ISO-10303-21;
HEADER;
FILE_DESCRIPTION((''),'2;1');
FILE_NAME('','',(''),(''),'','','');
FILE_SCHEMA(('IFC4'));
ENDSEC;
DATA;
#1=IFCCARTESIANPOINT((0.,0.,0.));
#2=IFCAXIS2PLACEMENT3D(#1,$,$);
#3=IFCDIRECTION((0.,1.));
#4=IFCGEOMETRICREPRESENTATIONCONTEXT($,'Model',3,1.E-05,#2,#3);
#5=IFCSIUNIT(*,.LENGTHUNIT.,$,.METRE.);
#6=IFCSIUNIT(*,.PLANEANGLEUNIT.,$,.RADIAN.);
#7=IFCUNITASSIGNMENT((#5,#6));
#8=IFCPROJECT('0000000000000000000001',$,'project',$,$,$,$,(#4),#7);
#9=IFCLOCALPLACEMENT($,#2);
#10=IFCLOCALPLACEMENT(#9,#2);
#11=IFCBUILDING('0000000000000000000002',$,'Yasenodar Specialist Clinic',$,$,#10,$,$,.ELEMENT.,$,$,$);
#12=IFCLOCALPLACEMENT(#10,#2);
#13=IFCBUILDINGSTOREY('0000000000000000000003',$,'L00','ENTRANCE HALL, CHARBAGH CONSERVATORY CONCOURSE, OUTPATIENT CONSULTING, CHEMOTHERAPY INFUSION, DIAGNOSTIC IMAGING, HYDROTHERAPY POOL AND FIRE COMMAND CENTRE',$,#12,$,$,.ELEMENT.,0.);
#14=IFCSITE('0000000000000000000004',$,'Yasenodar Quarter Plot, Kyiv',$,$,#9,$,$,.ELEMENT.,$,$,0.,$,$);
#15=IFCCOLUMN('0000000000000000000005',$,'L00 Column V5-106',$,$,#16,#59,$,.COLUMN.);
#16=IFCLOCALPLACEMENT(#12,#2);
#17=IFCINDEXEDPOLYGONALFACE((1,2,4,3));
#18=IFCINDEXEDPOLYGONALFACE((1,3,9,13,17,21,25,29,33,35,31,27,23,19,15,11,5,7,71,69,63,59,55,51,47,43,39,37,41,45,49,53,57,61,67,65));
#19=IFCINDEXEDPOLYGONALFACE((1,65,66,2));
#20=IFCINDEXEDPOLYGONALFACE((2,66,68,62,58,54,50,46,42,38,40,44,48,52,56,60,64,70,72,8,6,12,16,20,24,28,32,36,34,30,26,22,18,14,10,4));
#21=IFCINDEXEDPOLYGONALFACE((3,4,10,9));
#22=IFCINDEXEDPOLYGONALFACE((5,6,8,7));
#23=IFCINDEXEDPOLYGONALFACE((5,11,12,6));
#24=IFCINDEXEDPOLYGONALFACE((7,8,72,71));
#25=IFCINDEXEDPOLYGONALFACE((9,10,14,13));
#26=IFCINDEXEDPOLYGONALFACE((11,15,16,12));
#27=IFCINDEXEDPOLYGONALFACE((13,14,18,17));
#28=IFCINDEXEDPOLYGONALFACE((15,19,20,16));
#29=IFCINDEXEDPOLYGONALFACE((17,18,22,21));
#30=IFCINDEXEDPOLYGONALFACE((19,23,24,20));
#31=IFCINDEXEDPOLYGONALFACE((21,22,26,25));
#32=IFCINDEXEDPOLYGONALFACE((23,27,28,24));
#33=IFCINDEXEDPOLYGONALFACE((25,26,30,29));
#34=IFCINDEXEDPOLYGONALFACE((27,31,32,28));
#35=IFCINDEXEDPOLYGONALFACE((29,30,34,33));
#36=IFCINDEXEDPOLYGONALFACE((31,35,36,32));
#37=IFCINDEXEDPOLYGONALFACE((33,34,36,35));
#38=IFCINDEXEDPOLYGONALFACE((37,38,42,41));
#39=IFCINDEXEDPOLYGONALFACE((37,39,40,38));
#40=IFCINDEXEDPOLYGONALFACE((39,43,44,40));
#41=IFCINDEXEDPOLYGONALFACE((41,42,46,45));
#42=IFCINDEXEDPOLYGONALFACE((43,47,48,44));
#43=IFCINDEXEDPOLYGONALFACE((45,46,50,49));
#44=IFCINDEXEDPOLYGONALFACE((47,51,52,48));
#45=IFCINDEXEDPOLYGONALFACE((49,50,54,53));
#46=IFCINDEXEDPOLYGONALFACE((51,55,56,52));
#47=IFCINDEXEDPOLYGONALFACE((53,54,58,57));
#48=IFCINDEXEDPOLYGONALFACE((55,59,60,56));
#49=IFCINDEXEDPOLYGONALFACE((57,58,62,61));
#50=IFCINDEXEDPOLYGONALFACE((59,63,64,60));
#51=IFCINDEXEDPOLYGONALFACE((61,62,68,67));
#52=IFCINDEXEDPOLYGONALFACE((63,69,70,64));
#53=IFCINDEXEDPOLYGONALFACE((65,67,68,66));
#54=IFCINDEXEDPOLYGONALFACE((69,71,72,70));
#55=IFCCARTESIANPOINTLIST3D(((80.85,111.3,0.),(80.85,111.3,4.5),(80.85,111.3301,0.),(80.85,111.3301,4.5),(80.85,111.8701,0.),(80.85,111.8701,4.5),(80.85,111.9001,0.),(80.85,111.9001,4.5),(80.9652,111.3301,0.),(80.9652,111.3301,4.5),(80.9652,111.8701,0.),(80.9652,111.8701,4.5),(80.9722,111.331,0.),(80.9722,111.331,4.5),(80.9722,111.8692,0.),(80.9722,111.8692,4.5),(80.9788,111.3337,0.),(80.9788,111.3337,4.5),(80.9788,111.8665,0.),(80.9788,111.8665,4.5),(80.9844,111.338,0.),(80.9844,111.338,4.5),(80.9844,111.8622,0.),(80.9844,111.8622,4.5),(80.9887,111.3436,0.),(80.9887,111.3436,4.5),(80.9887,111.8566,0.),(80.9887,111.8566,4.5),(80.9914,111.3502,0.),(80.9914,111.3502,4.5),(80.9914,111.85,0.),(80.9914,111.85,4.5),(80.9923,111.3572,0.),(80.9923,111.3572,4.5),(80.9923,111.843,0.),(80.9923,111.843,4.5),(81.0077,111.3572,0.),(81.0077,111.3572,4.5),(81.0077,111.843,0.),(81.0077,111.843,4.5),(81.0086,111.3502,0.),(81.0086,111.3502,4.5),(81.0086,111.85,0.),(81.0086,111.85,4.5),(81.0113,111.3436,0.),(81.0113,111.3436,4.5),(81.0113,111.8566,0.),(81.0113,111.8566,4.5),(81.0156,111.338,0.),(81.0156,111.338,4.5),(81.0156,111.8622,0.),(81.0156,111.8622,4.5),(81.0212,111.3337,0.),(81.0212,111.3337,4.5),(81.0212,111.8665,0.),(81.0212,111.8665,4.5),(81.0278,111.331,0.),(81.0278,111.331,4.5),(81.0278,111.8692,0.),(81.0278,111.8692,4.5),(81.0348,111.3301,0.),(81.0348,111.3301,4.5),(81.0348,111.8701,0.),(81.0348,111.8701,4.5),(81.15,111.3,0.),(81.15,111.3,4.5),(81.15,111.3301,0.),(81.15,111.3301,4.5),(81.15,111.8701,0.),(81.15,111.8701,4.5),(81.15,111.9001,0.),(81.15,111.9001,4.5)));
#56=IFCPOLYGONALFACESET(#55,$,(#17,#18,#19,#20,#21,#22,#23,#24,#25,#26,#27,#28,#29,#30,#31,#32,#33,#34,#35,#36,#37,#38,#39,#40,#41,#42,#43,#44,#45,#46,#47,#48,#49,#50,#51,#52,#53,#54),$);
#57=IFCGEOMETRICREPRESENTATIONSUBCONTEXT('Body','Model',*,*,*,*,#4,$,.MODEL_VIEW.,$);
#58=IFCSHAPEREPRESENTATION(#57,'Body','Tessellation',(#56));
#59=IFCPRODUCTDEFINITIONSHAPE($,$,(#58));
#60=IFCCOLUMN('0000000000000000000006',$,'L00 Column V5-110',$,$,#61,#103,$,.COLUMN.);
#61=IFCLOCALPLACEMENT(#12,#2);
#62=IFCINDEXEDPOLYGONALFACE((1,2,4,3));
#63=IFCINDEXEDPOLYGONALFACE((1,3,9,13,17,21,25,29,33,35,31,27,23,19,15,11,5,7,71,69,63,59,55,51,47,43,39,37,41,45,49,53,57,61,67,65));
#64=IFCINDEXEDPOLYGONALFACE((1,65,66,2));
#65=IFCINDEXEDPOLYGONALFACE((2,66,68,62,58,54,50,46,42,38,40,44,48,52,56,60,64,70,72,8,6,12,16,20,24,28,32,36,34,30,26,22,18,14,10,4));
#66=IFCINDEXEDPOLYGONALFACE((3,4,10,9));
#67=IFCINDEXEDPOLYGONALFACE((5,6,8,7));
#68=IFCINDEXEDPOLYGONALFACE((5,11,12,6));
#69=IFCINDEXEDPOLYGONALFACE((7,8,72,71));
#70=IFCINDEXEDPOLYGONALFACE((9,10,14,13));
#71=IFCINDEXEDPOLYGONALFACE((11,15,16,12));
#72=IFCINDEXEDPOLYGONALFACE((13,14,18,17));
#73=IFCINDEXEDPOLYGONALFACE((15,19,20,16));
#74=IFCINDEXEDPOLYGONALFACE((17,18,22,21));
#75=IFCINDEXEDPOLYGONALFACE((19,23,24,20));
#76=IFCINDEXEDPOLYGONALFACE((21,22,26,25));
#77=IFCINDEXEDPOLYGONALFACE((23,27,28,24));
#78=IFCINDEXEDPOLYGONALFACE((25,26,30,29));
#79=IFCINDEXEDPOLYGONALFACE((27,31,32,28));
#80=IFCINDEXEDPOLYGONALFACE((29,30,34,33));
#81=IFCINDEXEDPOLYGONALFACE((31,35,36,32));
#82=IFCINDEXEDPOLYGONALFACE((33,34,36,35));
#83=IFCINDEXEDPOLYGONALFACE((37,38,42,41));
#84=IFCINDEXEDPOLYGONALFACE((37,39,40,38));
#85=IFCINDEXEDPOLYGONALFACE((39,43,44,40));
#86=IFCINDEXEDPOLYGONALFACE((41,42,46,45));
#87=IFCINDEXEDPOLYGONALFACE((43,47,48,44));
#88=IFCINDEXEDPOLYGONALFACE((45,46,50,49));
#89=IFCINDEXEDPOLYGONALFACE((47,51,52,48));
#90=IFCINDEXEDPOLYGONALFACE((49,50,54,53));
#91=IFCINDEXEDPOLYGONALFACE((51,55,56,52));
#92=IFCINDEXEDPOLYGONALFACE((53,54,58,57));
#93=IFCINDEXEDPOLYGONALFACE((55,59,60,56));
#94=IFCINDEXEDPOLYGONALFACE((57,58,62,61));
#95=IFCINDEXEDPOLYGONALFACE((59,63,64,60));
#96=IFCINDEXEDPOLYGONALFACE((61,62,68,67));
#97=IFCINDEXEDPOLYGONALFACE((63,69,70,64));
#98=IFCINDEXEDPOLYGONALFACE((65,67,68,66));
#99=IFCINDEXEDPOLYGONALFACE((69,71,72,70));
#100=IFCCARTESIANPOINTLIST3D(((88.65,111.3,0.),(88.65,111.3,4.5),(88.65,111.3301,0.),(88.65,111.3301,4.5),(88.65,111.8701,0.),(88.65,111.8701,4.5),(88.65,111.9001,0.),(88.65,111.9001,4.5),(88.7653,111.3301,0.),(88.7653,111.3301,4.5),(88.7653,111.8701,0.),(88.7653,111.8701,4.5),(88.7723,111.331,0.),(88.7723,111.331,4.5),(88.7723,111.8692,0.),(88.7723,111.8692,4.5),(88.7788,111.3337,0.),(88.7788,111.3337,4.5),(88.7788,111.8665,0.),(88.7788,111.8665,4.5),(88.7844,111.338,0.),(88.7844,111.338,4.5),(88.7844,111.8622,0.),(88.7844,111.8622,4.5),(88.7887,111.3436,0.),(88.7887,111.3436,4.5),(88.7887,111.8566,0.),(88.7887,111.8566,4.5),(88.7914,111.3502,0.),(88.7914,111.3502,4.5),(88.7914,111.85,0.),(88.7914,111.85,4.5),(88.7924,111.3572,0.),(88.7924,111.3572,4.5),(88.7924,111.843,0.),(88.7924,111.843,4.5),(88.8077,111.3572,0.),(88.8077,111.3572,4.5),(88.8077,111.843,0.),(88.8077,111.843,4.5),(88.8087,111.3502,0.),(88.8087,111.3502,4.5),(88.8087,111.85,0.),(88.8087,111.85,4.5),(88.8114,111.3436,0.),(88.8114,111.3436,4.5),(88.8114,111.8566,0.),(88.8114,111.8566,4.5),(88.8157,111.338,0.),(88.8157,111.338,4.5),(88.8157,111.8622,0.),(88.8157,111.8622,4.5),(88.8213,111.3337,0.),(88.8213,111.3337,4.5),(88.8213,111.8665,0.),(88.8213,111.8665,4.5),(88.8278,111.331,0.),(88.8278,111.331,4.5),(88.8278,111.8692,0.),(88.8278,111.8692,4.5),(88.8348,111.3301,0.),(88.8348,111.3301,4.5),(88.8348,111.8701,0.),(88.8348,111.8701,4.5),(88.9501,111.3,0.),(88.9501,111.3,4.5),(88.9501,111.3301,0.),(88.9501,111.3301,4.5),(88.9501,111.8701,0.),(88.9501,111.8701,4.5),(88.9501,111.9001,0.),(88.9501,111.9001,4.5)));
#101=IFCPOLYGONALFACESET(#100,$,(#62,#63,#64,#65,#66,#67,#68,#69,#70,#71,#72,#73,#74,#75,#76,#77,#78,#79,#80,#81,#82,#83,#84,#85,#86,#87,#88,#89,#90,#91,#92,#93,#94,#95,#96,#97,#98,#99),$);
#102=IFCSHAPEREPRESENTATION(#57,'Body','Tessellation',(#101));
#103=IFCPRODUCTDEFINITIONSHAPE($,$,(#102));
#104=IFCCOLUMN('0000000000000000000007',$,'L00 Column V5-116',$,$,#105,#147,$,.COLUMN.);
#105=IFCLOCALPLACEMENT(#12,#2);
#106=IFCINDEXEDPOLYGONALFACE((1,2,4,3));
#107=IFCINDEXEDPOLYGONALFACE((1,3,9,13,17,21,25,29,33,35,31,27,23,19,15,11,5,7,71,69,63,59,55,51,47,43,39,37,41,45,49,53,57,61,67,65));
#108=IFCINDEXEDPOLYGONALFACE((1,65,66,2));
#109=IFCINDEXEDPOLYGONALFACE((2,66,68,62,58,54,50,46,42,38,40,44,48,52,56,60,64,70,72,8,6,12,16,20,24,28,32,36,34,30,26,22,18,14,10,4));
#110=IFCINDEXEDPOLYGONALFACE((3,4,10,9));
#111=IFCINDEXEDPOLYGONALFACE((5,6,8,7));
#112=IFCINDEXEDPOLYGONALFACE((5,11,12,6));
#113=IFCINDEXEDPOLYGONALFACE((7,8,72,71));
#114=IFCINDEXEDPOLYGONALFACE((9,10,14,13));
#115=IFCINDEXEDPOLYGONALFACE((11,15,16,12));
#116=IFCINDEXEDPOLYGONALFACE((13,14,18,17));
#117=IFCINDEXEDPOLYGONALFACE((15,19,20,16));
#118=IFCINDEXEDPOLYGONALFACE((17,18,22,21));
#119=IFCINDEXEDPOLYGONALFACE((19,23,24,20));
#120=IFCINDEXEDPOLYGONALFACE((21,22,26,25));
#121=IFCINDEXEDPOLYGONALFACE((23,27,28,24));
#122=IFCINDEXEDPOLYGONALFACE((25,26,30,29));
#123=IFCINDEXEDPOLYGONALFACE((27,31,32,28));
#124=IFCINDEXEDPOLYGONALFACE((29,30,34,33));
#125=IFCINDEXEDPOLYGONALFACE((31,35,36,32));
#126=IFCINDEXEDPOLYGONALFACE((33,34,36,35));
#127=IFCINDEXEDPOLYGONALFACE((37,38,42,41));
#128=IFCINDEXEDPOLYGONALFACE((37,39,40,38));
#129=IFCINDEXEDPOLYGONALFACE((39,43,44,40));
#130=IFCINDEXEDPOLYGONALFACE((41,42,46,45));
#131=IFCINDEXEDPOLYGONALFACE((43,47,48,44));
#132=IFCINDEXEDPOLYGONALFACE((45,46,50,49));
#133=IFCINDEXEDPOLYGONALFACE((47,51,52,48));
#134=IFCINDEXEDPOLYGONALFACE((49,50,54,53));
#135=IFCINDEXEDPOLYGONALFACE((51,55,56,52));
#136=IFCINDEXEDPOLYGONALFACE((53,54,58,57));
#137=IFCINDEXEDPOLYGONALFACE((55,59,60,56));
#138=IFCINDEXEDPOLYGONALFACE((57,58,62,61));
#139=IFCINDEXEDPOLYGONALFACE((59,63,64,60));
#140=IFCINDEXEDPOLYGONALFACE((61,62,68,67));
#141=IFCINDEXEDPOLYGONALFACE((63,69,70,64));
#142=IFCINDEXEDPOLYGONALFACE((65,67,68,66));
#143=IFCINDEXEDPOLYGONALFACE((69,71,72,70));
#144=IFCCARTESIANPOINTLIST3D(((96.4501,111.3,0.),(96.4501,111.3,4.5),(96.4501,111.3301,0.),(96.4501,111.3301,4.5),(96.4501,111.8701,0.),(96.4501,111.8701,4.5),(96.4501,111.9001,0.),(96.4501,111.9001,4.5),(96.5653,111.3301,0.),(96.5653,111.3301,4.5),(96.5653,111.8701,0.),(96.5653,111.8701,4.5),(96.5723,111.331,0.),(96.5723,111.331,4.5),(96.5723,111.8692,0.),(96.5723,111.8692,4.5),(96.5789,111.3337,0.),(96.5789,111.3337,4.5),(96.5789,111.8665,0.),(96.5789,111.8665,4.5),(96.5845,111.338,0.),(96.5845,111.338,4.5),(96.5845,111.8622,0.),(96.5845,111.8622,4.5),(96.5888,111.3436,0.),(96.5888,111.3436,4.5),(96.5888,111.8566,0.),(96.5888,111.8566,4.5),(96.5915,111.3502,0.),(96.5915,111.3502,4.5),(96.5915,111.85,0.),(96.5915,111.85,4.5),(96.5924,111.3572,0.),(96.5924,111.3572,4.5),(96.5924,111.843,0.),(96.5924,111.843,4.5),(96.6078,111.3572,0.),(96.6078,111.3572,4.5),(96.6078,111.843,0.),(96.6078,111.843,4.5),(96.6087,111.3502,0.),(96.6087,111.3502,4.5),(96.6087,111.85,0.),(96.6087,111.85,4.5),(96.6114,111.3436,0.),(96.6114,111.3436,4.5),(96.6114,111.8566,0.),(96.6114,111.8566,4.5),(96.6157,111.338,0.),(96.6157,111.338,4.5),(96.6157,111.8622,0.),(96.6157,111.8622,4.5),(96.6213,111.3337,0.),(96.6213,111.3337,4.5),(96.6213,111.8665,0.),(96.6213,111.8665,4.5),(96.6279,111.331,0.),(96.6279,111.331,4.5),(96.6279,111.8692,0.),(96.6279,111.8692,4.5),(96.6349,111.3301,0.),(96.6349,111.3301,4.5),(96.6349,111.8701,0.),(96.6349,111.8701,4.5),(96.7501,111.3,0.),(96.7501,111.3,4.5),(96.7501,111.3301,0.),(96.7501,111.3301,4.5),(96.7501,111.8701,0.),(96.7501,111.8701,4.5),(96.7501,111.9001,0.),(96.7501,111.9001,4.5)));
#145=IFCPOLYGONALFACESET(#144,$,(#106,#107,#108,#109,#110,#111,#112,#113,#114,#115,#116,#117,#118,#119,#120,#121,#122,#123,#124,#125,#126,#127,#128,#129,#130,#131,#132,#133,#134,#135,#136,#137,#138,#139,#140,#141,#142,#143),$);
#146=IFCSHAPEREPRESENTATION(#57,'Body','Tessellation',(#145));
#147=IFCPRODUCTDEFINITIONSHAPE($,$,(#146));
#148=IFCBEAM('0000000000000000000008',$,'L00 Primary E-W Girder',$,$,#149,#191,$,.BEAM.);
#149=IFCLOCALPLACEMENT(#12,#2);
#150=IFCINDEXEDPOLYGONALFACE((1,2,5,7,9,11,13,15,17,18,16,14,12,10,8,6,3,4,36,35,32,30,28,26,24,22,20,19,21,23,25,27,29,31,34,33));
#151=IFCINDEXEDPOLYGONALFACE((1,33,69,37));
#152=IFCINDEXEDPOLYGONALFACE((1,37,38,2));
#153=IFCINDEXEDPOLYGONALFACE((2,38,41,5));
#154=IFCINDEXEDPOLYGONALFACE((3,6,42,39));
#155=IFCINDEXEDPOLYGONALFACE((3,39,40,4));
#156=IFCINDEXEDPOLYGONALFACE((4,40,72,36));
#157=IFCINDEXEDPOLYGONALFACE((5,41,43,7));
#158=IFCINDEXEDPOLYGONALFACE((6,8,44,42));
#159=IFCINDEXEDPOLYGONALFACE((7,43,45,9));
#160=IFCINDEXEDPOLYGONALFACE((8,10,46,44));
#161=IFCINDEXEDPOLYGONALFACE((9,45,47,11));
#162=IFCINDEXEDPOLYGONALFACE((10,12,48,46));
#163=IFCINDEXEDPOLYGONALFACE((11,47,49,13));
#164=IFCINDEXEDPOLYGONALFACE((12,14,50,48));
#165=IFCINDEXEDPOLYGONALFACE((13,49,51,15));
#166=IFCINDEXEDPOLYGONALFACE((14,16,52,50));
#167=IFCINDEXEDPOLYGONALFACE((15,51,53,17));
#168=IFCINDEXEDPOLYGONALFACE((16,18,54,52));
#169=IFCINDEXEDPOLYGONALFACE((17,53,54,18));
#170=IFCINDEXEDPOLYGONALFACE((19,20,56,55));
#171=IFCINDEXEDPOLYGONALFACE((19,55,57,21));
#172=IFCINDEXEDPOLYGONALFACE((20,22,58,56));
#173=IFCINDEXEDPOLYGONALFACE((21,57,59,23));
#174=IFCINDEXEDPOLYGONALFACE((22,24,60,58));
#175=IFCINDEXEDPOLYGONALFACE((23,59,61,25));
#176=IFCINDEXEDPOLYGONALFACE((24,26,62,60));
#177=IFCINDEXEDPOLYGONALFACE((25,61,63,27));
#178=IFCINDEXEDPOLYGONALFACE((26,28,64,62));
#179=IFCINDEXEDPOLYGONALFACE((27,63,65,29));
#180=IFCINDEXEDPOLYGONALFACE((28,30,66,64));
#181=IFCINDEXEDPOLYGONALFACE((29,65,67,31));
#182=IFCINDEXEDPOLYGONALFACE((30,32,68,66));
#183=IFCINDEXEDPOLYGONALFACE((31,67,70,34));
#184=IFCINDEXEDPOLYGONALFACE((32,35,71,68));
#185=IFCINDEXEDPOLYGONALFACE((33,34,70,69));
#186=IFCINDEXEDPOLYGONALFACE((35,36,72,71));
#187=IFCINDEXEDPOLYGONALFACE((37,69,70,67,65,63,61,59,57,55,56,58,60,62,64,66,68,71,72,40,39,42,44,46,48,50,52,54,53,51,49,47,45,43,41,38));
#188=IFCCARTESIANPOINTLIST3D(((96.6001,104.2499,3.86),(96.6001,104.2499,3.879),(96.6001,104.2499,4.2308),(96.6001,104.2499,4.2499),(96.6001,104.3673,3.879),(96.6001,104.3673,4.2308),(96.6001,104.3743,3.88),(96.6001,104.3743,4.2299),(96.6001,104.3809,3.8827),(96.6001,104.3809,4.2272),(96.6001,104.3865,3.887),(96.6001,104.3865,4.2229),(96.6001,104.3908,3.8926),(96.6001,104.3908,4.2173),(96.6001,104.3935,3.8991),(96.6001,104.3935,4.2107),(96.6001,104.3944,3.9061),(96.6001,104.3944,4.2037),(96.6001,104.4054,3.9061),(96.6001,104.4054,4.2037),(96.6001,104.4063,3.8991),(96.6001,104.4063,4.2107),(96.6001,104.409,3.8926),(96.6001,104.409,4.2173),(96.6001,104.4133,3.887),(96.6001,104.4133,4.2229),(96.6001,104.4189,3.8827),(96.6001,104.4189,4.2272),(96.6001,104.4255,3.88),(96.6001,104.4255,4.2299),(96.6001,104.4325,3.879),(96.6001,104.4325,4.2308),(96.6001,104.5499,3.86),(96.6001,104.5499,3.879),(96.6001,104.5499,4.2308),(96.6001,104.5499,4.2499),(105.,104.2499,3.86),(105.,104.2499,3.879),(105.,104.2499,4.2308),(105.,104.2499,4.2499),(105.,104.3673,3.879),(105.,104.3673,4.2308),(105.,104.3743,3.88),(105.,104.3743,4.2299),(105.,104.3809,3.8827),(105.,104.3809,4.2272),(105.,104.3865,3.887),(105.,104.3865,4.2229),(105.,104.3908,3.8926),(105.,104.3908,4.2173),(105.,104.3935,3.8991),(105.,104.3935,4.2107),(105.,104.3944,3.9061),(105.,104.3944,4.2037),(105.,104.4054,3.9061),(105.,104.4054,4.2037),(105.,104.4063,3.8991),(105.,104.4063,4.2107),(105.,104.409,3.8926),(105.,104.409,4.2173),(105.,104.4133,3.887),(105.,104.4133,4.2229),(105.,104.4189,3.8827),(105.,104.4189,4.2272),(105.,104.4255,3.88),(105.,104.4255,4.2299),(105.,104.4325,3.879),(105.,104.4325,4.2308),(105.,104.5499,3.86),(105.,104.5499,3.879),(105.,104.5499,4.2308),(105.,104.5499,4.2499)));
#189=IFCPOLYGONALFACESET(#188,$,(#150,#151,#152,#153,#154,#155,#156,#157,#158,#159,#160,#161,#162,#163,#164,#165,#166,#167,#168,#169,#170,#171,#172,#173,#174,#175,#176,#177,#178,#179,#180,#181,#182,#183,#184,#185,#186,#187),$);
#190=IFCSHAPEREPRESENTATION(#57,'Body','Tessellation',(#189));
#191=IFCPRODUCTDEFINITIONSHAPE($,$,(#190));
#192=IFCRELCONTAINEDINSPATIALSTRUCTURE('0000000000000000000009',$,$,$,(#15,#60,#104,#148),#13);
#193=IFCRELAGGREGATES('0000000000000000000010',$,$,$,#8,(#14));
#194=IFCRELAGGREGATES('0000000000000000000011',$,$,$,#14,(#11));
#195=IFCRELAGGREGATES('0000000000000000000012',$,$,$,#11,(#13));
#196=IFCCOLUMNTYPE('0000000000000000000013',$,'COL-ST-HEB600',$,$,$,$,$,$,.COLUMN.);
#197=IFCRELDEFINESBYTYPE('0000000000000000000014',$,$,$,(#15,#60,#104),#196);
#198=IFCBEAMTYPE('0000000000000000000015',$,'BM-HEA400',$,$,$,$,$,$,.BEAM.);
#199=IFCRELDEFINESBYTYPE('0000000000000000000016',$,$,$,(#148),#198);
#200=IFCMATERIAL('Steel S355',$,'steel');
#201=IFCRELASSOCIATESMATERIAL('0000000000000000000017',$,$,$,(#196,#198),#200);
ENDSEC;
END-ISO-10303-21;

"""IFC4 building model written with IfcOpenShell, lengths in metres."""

from ifc_helpers import new_model, si_unit, direction, frame, origin, origin_2d, place, context, subcontext, project, spatial, i_section, extrude, material, material_profile, profile_set, type_object, element, save


model = new_model("IFC4")

# Units and contexts
model_context = context("Model", 3, precision=1e-05, world=origin(), true_north=direction((0.0, 1.0)))
body_context = subcontext(model_context, "Body", "Model", "MODEL_VIEW")
ifc_project = project(units=[si_unit("LENGTHUNIT", "METRE"), si_unit("PLANEANGLEUNIT", "RADIAN")], contexts=[model_context])

# Site, building, storey
site_placement = place(None, origin())
site = spatial("IfcSite", under=ifc_project, at=site_placement, Name="Yasenodar Quarter Plot, Kyiv", CompositionType="ELEMENT", RefElevation=0.0)
building_placement = place(site_placement, origin())
building = spatial("IfcBuilding", under=site, at=building_placement, Name="Yasenodar Specialist Clinic", CompositionType="ELEMENT")
storey_placement = place(building_placement, origin())
storey = spatial("IfcBuildingStorey", under=building, at=storey_placement, Name="L00", Description="ENTRANCE HALL, CHARBAGH CONSERVATORY CONCOURSE, OUTPATIENT CONSULTING, CHEMOTHERAPY INFUSION, DIAGNOSTIC IMAGING, HYDROTHERAPY POOL AND FIRE COMMAND CENTRE", CompositionType="ELEMENT", Elevation=0.0)

# Columns
ifc_material_1 = material(Name="Steel S355", Category="steel")
ifc_material_profile_1 = material_profile(ifc_material_1, i_section(OverallWidth=0.3, OverallDepth=0.6001, WebThickness=0.0154, FlangeThickness=0.03, FilletRadius=0.0271, at=origin_2d()), Name="HEB 600")
ifc_profile_set_1 = profile_set([ifc_material_profile_1], Name="Steel S355")
column_type = type_object("IfcColumnType", Name="COL-ST-HEB600", PredefinedType="COLUMN", material=ifc_profile_set_1)
for number, where, z_axis, x_axis, name in (
    (1, (81.0, 111.6001, 0.0), (0.0, 0.0, 1.0), (1.0, 0.0, 0.0), "L00 Column V5-106"),
    (2, (88.8, 111.6001, 0.0), (0.0, 0.0, 1.0), (1.0, 0.0, 0.0), "L00 Column V5-110"),
    (3, (96.6001, 111.6001, 0.0), (0.0, 0.0, 1.0), (1.0, 0.0, 0.0), "L00 Column V5-116"),
):
    element("IfcColumn", number, at=place(storey_placement, frame(where, z_axis=z_axis, x_axis=x_axis)), inside=storey, type_object=column_type, Name=name, PredefinedType="COLUMN", context=body_context, shape_type="SweptSolid", body=[
        extrude(i_section(OverallWidth=0.3, OverallDepth=0.6001, WebThickness=0.0154, FlangeThickness=0.03, FilletRadius=0.0271, at=origin_2d()), origin(), (0.0, 0.0, 1.0), 4.5),
    ])

# Beam
ifc_material_profile_2 = material_profile(ifc_material_1, i_section(OverallWidth=0.3, OverallDepth=0.3899, WebThickness=0.011, FlangeThickness=0.019, FilletRadius=0.0271, at=origin_2d()), Name="HEA 400")
ifc_profile_set_2 = profile_set([ifc_material_profile_2], Name="Steel S355")
beam_type_1 = type_object("IfcBeamType", Name="BM-HEA400", PredefinedType="BEAM", material=ifc_profile_set_2)
beam_1_placement = place(storey_placement, frame((96.6001, 104.3999, 4.0549), z_axis=(1.0, 0.0, 0.0), x_axis=(0.0, 1.0, 0.0)))
element("IfcBeam", 4, at=beam_1_placement, inside=storey, type_object=beam_type_1, Name="L00 Primary E-W Girder", PredefinedType="BEAM", context=body_context, shape_type="SweptSolid", body=[
    extrude(i_section(OverallWidth=0.3, OverallDepth=0.3899, WebThickness=0.011, FlangeThickness=0.019, FilletRadius=0.0271, at=origin_2d()), origin(), (0.0, 0.0, 1.0), 8.3999),
])

save(model, "model.ifc")
